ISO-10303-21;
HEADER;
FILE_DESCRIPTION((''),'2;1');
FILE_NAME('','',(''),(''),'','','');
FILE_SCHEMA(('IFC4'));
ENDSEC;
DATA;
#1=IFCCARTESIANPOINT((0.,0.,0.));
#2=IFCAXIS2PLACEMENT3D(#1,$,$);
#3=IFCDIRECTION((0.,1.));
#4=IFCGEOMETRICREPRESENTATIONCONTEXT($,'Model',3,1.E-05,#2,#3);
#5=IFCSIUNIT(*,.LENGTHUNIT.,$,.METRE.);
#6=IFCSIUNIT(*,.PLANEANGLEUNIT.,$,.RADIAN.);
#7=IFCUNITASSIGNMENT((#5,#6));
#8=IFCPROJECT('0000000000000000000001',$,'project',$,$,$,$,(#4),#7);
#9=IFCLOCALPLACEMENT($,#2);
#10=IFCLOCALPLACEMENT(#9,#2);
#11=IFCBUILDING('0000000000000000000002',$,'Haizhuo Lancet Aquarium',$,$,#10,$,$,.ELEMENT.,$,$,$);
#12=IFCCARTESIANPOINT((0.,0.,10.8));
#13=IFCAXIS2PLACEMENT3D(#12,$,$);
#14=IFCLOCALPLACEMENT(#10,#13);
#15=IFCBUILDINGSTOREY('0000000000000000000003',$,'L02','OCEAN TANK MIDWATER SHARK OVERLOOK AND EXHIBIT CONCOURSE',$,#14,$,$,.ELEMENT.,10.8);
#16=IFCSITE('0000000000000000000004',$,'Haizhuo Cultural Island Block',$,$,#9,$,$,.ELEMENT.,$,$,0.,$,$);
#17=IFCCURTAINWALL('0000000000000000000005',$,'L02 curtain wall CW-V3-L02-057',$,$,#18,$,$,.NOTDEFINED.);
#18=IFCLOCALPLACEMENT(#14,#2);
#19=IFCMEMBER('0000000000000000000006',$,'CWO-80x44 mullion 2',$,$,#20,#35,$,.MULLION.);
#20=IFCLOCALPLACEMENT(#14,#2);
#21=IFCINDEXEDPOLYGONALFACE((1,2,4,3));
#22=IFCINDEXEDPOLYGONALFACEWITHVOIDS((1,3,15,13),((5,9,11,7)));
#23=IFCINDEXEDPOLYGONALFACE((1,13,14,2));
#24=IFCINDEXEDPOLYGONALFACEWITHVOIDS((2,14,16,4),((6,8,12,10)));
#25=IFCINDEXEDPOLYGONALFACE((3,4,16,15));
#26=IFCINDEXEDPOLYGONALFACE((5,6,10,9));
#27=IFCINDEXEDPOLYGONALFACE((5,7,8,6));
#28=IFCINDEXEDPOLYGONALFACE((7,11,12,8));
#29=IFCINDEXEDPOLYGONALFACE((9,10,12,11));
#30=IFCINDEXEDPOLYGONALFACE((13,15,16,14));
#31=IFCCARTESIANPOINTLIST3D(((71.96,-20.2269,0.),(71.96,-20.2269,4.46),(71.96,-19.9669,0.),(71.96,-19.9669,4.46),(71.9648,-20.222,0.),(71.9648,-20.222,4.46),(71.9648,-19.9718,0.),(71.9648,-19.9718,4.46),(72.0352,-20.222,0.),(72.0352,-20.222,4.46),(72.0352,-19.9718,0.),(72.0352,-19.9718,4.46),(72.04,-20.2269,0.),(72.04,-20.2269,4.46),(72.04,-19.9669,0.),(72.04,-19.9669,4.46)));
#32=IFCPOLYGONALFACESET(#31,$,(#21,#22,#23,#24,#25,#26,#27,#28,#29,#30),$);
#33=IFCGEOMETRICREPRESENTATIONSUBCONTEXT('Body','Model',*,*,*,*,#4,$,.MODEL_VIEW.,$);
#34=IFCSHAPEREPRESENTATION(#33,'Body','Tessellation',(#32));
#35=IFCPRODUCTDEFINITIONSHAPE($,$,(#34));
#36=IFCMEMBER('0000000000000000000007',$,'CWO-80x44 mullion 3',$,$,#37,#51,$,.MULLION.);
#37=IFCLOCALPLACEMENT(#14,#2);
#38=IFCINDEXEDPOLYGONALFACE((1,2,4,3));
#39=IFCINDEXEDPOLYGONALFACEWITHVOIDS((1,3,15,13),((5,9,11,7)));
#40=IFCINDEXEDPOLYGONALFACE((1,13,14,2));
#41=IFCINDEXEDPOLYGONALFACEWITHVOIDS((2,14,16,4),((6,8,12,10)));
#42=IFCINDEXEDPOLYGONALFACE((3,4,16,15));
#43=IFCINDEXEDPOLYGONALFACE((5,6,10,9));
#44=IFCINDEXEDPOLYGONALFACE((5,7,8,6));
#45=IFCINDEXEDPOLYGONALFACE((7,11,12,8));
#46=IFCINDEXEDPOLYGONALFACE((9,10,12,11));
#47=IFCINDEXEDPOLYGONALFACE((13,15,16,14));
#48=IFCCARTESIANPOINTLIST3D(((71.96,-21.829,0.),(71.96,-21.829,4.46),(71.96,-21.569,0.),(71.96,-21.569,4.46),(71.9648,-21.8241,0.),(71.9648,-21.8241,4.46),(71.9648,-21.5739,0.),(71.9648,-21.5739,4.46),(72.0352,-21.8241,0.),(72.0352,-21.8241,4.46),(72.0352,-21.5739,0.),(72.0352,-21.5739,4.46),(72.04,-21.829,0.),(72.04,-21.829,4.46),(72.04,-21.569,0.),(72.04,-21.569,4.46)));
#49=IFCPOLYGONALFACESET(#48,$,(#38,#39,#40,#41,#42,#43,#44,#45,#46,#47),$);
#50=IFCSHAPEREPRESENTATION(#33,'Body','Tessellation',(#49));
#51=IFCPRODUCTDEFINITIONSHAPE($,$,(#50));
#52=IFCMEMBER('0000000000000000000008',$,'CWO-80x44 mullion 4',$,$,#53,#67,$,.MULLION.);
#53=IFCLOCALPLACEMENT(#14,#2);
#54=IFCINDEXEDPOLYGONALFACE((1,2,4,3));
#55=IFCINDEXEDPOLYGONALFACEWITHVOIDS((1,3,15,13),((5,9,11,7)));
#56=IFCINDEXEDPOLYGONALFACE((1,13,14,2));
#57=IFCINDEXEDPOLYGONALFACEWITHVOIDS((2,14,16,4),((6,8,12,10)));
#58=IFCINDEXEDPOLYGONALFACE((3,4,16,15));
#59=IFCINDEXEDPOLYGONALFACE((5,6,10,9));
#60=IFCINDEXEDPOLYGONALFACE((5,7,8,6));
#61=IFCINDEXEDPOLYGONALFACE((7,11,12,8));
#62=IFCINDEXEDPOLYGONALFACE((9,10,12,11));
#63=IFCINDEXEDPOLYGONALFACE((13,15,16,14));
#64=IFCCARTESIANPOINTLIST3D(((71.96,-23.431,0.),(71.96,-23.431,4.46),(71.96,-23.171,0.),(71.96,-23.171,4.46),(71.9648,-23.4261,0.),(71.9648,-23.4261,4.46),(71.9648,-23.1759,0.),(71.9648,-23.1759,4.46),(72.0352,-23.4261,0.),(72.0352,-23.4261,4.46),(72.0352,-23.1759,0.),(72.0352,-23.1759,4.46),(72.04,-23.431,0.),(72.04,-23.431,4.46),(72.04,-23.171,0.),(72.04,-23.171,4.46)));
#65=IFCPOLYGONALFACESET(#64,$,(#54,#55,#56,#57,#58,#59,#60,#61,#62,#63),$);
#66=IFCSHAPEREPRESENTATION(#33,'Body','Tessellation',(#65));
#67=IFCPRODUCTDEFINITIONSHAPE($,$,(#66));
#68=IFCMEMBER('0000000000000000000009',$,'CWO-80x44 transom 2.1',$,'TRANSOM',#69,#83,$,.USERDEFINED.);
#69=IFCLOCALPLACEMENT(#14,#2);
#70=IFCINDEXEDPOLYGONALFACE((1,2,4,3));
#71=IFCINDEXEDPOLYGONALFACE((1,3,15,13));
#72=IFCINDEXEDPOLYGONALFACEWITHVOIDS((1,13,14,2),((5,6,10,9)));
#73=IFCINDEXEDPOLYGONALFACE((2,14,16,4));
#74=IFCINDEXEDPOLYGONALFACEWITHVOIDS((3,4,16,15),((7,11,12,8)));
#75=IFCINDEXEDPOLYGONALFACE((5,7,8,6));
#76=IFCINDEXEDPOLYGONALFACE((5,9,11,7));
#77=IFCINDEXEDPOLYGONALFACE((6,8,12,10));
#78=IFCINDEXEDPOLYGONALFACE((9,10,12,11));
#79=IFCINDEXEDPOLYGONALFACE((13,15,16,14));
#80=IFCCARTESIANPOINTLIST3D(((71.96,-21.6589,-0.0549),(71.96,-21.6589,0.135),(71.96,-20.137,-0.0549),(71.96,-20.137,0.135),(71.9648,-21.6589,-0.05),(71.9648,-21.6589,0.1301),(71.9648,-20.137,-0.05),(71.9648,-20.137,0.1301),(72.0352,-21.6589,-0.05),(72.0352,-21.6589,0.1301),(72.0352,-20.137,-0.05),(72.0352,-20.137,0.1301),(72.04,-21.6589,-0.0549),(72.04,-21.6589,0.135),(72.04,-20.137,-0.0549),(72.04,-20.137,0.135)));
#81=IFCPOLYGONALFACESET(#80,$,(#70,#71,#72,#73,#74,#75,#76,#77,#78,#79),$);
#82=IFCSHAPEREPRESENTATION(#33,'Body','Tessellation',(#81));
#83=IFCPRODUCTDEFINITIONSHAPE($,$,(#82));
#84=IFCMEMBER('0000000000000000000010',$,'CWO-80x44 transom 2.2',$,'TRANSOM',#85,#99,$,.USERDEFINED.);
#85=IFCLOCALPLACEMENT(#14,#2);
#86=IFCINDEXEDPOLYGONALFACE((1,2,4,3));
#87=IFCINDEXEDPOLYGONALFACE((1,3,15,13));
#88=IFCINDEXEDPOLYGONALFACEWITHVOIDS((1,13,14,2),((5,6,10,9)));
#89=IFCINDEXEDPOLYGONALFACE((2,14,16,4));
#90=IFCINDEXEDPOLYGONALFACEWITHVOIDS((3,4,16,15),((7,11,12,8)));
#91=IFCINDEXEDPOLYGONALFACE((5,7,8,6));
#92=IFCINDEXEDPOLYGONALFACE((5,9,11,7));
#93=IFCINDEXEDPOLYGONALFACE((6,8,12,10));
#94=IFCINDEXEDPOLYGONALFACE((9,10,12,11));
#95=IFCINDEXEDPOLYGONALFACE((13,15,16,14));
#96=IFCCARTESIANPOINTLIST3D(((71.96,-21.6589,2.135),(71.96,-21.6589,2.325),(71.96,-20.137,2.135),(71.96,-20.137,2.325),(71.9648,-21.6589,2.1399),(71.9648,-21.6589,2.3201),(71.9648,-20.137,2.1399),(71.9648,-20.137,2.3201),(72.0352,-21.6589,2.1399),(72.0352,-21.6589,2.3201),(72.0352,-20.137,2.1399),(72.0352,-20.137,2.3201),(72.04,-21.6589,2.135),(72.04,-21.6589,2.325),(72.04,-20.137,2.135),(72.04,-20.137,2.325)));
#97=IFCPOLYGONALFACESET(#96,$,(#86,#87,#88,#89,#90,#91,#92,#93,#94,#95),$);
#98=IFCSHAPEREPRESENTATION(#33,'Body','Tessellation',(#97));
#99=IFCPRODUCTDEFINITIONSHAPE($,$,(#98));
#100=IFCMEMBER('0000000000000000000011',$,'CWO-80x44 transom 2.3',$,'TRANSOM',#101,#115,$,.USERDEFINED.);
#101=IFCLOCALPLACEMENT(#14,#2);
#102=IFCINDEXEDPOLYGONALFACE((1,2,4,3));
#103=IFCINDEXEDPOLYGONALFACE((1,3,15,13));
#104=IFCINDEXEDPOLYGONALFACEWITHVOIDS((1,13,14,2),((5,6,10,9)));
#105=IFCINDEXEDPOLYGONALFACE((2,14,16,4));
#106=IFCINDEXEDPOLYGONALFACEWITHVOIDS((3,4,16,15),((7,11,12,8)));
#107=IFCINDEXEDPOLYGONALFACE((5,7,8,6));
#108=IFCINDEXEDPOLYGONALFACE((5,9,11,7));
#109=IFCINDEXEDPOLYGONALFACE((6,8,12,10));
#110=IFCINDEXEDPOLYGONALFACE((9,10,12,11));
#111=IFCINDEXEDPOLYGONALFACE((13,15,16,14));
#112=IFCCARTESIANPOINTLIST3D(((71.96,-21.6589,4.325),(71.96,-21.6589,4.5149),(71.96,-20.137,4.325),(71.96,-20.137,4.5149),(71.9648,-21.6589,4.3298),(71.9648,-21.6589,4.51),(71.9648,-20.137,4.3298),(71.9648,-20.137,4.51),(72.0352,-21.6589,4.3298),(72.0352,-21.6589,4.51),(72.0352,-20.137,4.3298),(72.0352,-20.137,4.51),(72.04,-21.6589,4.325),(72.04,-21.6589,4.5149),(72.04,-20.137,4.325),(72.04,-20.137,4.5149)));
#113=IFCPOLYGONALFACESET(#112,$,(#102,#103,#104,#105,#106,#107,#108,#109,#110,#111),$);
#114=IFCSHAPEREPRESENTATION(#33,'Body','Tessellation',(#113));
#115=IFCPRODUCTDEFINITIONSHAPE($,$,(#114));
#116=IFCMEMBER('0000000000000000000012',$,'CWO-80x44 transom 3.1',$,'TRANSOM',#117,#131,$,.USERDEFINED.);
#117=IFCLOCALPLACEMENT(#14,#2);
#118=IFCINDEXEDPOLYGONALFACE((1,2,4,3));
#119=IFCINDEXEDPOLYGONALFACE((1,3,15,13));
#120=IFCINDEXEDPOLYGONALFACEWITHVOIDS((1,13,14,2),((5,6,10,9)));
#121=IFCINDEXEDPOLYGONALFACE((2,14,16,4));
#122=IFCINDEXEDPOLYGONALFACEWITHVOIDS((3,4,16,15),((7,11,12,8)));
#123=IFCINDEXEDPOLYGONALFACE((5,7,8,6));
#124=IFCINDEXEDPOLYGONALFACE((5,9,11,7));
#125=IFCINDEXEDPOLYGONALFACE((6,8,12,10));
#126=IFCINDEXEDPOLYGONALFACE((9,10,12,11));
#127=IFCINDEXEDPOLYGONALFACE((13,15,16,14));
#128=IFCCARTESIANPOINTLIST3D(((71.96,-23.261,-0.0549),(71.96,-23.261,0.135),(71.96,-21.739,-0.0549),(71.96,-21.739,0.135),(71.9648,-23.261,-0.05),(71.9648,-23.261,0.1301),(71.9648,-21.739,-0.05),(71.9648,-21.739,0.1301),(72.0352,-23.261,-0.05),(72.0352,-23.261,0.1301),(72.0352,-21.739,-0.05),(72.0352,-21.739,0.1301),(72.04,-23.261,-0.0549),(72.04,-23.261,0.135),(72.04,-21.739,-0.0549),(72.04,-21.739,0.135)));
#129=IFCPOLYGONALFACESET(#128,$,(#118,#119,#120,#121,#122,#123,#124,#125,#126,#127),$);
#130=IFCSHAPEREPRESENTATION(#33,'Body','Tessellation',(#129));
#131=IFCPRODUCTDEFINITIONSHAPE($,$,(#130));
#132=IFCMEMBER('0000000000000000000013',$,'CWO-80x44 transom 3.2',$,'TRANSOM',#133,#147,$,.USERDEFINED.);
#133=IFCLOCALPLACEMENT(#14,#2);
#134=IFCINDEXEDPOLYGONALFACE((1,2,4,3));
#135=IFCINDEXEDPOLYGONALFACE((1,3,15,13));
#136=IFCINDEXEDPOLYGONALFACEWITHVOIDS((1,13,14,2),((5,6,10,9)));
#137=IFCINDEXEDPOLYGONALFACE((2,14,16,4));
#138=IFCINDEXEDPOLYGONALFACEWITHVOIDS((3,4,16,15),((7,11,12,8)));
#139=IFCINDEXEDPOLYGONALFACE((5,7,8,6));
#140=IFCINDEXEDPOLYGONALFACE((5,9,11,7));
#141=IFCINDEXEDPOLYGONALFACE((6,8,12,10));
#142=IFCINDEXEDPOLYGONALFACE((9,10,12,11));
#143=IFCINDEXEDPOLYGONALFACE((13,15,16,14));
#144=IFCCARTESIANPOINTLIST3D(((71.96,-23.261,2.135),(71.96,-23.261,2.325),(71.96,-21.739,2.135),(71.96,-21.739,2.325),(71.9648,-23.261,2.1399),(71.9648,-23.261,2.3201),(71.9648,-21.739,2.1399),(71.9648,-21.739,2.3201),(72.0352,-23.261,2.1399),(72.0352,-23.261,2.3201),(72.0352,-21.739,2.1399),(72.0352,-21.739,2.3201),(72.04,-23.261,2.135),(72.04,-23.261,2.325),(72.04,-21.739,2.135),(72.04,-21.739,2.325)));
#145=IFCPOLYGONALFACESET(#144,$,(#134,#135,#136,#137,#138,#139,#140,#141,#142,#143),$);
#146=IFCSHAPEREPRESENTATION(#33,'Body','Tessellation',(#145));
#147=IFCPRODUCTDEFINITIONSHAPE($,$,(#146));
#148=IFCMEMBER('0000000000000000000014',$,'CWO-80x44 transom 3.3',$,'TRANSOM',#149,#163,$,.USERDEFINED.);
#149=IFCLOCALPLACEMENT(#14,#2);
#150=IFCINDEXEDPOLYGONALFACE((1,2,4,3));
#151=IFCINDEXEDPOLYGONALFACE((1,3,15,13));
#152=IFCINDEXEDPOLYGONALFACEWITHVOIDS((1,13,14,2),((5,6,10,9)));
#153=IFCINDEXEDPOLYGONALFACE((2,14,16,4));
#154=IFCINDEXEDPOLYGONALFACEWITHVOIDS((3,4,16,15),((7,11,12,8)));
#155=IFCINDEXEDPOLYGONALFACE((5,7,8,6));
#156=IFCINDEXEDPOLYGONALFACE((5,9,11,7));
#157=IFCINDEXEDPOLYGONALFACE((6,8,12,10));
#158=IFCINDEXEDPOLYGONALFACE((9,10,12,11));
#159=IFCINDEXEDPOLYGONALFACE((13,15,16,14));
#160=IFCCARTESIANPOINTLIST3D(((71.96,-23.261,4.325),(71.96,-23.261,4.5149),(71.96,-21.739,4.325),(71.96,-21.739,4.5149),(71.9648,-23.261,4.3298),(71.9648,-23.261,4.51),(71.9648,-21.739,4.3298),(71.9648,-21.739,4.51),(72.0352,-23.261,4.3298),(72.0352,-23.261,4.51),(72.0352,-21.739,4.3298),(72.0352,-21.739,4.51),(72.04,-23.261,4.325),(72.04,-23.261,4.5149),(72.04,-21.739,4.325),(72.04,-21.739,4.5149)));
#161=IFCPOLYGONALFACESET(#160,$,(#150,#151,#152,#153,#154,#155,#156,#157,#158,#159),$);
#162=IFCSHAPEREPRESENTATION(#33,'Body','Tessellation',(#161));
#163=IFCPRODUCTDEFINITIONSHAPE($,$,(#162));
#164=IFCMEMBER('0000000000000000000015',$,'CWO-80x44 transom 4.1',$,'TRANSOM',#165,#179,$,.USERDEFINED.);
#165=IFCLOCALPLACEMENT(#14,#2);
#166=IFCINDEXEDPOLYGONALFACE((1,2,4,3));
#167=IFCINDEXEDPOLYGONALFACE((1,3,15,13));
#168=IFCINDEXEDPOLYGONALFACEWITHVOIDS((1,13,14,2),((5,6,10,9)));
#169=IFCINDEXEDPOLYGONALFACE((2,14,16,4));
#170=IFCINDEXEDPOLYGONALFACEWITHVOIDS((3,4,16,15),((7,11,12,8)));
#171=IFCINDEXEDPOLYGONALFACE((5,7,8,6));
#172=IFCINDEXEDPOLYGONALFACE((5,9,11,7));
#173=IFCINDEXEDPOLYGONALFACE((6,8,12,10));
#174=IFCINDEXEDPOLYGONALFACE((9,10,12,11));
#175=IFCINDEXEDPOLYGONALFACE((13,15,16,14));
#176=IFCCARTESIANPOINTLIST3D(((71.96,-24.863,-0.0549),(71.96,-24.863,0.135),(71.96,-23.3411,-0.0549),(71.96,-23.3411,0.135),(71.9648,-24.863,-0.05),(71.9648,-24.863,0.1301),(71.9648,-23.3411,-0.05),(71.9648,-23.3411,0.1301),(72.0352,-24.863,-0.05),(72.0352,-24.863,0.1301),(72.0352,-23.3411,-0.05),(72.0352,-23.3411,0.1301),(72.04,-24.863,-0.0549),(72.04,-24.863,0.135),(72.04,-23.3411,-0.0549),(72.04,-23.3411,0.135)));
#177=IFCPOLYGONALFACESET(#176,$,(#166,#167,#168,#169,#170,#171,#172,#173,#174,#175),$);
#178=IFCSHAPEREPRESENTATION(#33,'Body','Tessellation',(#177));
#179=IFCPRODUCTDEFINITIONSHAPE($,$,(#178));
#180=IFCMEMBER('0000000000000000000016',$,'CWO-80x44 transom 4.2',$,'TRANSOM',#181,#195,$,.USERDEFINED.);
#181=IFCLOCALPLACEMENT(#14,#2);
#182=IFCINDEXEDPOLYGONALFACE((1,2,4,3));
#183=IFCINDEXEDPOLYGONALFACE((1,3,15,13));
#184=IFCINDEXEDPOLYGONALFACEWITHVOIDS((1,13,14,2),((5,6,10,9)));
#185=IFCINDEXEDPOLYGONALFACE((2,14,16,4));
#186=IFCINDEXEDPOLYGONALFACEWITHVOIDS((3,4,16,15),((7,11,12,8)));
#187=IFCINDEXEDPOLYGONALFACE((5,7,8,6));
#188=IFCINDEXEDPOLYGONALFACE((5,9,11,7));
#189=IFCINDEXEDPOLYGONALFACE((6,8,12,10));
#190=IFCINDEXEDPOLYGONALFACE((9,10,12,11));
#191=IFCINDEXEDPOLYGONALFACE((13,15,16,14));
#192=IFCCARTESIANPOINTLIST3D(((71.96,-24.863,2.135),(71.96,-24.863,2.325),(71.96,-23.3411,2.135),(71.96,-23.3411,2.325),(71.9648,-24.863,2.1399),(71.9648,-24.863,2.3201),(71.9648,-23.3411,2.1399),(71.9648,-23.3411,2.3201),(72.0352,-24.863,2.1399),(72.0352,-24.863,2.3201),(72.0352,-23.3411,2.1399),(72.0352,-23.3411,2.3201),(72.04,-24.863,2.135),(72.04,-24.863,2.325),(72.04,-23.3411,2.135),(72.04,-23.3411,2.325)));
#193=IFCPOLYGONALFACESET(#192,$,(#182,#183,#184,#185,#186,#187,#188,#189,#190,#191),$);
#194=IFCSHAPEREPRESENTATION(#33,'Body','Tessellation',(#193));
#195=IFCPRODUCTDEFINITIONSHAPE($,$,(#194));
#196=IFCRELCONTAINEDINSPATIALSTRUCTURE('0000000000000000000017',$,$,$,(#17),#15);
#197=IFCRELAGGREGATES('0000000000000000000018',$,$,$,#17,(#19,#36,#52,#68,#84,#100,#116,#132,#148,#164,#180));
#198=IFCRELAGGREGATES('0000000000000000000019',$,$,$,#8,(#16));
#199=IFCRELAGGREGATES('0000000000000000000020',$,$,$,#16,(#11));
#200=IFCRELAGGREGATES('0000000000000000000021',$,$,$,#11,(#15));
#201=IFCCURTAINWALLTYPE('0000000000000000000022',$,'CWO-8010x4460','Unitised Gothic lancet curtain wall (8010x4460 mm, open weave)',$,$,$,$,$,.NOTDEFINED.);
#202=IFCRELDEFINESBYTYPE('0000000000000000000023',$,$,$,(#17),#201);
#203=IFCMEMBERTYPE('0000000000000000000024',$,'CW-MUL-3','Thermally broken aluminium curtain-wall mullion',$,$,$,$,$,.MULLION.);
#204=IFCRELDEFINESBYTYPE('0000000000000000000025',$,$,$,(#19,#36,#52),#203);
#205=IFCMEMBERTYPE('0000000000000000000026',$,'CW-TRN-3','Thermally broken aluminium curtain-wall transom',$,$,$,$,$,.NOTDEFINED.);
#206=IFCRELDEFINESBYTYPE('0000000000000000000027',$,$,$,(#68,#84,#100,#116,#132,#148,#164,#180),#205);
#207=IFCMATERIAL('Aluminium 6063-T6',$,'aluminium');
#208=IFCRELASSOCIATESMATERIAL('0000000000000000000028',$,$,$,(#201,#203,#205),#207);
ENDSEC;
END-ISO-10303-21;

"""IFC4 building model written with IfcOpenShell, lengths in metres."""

from ifc_helpers import new_model, si_unit, direction, frame, origin, origin_2d, place, context, subcontext, project, spatial, hollow_rectangle, extrude, material, material_profile, profile_set, type_object, element, aggregate, save


model = new_model("IFC4")

# Units and contexts
model_context = context("Model", 3, precision=1e-05, world=origin(), true_north=direction((0.0, 1.0)))
body_context = subcontext(model_context, "Body", "Model", "MODEL_VIEW")
ifc_project = project(units=[si_unit("LENGTHUNIT", "METRE"), si_unit("PLANEANGLEUNIT", "RADIAN")], contexts=[model_context])

# Site, building, storey
site_placement = place(None, origin())
site = spatial("IfcSite", under=ifc_project, at=site_placement, Name="Haizhuo Cultural Island Block", CompositionType="ELEMENT", RefElevation=0.0)
building_placement = place(site_placement, origin())
building = spatial("IfcBuilding", under=site, at=building_placement, Name="Haizhuo Lancet Aquarium", CompositionType="ELEMENT")
storey_placement = place(building_placement, frame((0.0, 0.0, 10.8)))
storey = spatial("IfcBuildingStorey", under=building, at=storey_placement, Name="L02", Description="OCEAN TANK MIDWATER SHARK OVERLOOK AND EXHIBIT CONCOURSE", CompositionType="ELEMENT", Elevation=10.8)

# Curtain wall, members
ifc_material_1 = material(Name="Aluminium 6063-T6", Category="aluminium")
curtain_wall_type = type_object("IfcCurtainWallType", Name="CWO-8010x4460", Description="Unitised Gothic lancet curtain wall (8010x4460 mm, open weave)", PredefinedType="NOTDEFINED", material=ifc_material_1)
curtain_wall_placement = place(storey_placement, origin())
curtain_wall = element("IfcCurtainWall", 1, at=curtain_wall_placement, inside=storey, type_object=curtain_wall_type, Name="L02 curtain wall CW-V3-L02-057", PredefinedType="NOTDEFINED")
ifc_material_profile_1 = material_profile(ifc_material_1, hollow_rectangle(XDim=0.0801, YDim=0.26, WallThickness=0.0049, at=origin_2d()), Name="ALU-M 80x260x5")
ifc_profile_set_1 = profile_set([ifc_material_profile_1], Name="Aluminium 6063-T6")
member_type_1 = type_object("IfcMemberType", Name="CW-MUL-3", Description="Thermally broken aluminium curtain-wall mullion", PredefinedType="MULLION", material=ifc_profile_set_1)
member_1_placement = place(storey_placement, frame((72.0, -20.0969, 0.0), z_axis=(0.0, 0.0, 1.0), x_axis=(1.0, 0.0, 0.0)))
member_1 = element("IfcMember", 2, at=member_1_placement, type_object=member_type_1, Name="CWO-80x44 mullion 2", PredefinedType="MULLION", context=body_context, shape_type="SweptSolid", body=[
    extrude(hollow_rectangle(XDim=0.0801, YDim=0.26, WallThickness=0.0049, at=origin_2d()), origin(), (0.0, 0.0, 1.0), 4.46),
])
member_2_placement = place(storey_placement, frame((72.0, -21.699, 0.0), z_axis=(0.0, 0.0, 1.0), x_axis=(1.0, 0.0, 0.0)))
member_2 = element("IfcMember", 3, at=member_2_placement, type_object=member_type_1, Name="CWO-80x44 mullion 3", PredefinedType="MULLION", context=body_context, shape_type="SweptSolid", body=[
    extrude(hollow_rectangle(XDim=0.0801, YDim=0.26, WallThickness=0.0049, at=origin_2d()), origin(), (0.0, 0.0, 1.0), 4.46),
])
member_3_placement = place(storey_placement, frame((72.0, -23.301, 0.0), z_axis=(0.0, 0.0, 1.0), x_axis=(1.0, 0.0, 0.0)))
member_3 = element("IfcMember", 4, at=member_3_placement, type_object=member_type_1, Name="CWO-80x44 mullion 4", PredefinedType="MULLION", context=body_context, shape_type="SweptSolid", body=[
    extrude(hollow_rectangle(XDim=0.0801, YDim=0.26, WallThickness=0.0049, at=origin_2d()), origin(), (0.0, 0.0, 1.0), 4.46),
])
ifc_material_profile_2 = material_profile(ifc_material_1, hollow_rectangle(XDim=0.0801, YDim=0.1899, WallThickness=0.0049, at=origin_2d()), Name="ALU-T 80x190x5")
ifc_profile_set_2 = profile_set([ifc_material_profile_2], Name="Aluminium 6063-T6")
member_type_2 = type_object("IfcMemberType", Name="CW-TRN-3", Description="Thermally broken aluminium curtain-wall transom", PredefinedType="NOTDEFINED", material=ifc_profile_set_2)
member_4_placement = place(storey_placement, frame((72.0, -20.137, 0.04), z_axis=(0.0, -1.0, 0.0), x_axis=(1.0, 0.0, 0.0)))
member_4 = element("IfcMember", 5, at=member_4_placement, type_object=member_type_2, Name="CWO-80x44 transom 2.1", ObjectType="TRANSOM", PredefinedType="USERDEFINED", context=body_context, shape_type="SweptSolid", body=[
    extrude(hollow_rectangle(XDim=0.0801, YDim=0.1899, WallThickness=0.0049, at=origin_2d()), origin(), (0.0, 0.0, 1.0), 1.522),
])
member_5_placement = place(storey_placement, frame((72.0, -20.137, 2.23), z_axis=(0.0, -1.0, 0.0), x_axis=(1.0, 0.0, 0.0)))
member_5 = element("IfcMember", 6, at=member_5_placement, type_object=member_type_2, Name="CWO-80x44 transom 2.2", ObjectType="TRANSOM", PredefinedType="USERDEFINED", context=body_context, shape_type="SweptSolid", body=[
    extrude(hollow_rectangle(XDim=0.0801, YDim=0.1899, WallThickness=0.0049, at=origin_2d()), origin(), (0.0, 0.0, 1.0), 1.522),
])
member_6_placement = place(storey_placement, frame((72.0, -20.137, 4.4199), z_axis=(0.0, -1.0, 0.0), x_axis=(1.0, 0.0, 0.0)))
member_6 = element("IfcMember", 7, at=member_6_placement, type_object=member_type_2, Name="CWO-80x44 transom 2.3", ObjectType="TRANSOM", PredefinedType="USERDEFINED", context=body_context, shape_type="SweptSolid", body=[
    extrude(hollow_rectangle(XDim=0.0801, YDim=0.1899, WallThickness=0.0049, at=origin_2d()), origin(), (0.0, 0.0, 1.0), 1.522),
])
member_7_placement = place(storey_placement, frame((72.0, -21.739, 0.04), z_axis=(0.0, -1.0, 0.0), x_axis=(1.0, 0.0, 0.0)))
member_7 = element("IfcMember", 8, at=member_7_placement, type_object=member_type_2, Name="CWO-80x44 transom 3.1", ObjectType="TRANSOM", PredefinedType="USERDEFINED", context=body_context, shape_type="SweptSolid", body=[
    extrude(hollow_rectangle(XDim=0.0801, YDim=0.1899, WallThickness=0.0049, at=origin_2d()), origin(), (0.0, 0.0, 1.0), 1.522),
])
member_8_placement = place(storey_placement, frame((72.0, -21.739, 2.23), z_axis=(0.0, -1.0, 0.0), x_axis=(1.0, 0.0, 0.0)))
member_8 = element("IfcMember", 9, at=member_8_placement, type_object=member_type_2, Name="CWO-80x44 transom 3.2", ObjectType="TRANSOM", PredefinedType="USERDEFINED", context=body_context, shape_type="SweptSolid", body=[
    extrude(hollow_rectangle(XDim=0.0801, YDim=0.1899, WallThickness=0.0049, at=origin_2d()), origin(), (0.0, 0.0, 1.0), 1.522),
])
member_9_placement = place(storey_placement, frame((72.0, -21.739, 4.4199), z_axis=(0.0, -1.0, 0.0), x_axis=(1.0, 0.0, 0.0)))
member_9 = element("IfcMember", 10, at=member_9_placement, type_object=member_type_2, Name="CWO-80x44 transom 3.3", ObjectType="TRANSOM", PredefinedType="USERDEFINED", context=body_context, shape_type="SweptSolid", body=[
    extrude(hollow_rectangle(XDim=0.0801, YDim=0.1899, WallThickness=0.0049, at=origin_2d()), origin(), (0.0, 0.0, 1.0), 1.522),
])
member_10_placement = place(storey_placement, frame((72.0, -23.3411, 0.04), z_axis=(0.0, -1.0, 0.0), x_axis=(1.0, 0.0, 0.0)))
member_10 = element("IfcMember", 11, at=member_10_placement, type_object=member_type_2, Name="CWO-80x44 transom 4.1", ObjectType="TRANSOM", PredefinedType="USERDEFINED", context=body_context, shape_type="SweptSolid", body=[
    extrude(hollow_rectangle(XDim=0.0801, YDim=0.1899, WallThickness=0.0049, at=origin_2d()), origin(), (0.0, 0.0, 1.0), 1.522),
])
member_11_placement = place(storey_placement, frame((72.0, -23.3411, 2.23), z_axis=(0.0, -1.0, 0.0), x_axis=(1.0, 0.0, 0.0)))
member_11 = element("IfcMember", 12, at=member_11_placement, type_object=member_type_2, Name="CWO-80x44 transom 4.2", ObjectType="TRANSOM", PredefinedType="USERDEFINED", context=body_context, shape_type="SweptSolid", body=[
    extrude(hollow_rectangle(XDim=0.0801, YDim=0.1899, WallThickness=0.0049, at=origin_2d()), origin(), (0.0, 0.0, 1.0), 1.522),
])

aggregate(curtain_wall, [member_1, member_2, member_3, member_4, member_5, member_6, member_7, member_8, member_9, member_10, member_11])

save(model, "model.ifc")
